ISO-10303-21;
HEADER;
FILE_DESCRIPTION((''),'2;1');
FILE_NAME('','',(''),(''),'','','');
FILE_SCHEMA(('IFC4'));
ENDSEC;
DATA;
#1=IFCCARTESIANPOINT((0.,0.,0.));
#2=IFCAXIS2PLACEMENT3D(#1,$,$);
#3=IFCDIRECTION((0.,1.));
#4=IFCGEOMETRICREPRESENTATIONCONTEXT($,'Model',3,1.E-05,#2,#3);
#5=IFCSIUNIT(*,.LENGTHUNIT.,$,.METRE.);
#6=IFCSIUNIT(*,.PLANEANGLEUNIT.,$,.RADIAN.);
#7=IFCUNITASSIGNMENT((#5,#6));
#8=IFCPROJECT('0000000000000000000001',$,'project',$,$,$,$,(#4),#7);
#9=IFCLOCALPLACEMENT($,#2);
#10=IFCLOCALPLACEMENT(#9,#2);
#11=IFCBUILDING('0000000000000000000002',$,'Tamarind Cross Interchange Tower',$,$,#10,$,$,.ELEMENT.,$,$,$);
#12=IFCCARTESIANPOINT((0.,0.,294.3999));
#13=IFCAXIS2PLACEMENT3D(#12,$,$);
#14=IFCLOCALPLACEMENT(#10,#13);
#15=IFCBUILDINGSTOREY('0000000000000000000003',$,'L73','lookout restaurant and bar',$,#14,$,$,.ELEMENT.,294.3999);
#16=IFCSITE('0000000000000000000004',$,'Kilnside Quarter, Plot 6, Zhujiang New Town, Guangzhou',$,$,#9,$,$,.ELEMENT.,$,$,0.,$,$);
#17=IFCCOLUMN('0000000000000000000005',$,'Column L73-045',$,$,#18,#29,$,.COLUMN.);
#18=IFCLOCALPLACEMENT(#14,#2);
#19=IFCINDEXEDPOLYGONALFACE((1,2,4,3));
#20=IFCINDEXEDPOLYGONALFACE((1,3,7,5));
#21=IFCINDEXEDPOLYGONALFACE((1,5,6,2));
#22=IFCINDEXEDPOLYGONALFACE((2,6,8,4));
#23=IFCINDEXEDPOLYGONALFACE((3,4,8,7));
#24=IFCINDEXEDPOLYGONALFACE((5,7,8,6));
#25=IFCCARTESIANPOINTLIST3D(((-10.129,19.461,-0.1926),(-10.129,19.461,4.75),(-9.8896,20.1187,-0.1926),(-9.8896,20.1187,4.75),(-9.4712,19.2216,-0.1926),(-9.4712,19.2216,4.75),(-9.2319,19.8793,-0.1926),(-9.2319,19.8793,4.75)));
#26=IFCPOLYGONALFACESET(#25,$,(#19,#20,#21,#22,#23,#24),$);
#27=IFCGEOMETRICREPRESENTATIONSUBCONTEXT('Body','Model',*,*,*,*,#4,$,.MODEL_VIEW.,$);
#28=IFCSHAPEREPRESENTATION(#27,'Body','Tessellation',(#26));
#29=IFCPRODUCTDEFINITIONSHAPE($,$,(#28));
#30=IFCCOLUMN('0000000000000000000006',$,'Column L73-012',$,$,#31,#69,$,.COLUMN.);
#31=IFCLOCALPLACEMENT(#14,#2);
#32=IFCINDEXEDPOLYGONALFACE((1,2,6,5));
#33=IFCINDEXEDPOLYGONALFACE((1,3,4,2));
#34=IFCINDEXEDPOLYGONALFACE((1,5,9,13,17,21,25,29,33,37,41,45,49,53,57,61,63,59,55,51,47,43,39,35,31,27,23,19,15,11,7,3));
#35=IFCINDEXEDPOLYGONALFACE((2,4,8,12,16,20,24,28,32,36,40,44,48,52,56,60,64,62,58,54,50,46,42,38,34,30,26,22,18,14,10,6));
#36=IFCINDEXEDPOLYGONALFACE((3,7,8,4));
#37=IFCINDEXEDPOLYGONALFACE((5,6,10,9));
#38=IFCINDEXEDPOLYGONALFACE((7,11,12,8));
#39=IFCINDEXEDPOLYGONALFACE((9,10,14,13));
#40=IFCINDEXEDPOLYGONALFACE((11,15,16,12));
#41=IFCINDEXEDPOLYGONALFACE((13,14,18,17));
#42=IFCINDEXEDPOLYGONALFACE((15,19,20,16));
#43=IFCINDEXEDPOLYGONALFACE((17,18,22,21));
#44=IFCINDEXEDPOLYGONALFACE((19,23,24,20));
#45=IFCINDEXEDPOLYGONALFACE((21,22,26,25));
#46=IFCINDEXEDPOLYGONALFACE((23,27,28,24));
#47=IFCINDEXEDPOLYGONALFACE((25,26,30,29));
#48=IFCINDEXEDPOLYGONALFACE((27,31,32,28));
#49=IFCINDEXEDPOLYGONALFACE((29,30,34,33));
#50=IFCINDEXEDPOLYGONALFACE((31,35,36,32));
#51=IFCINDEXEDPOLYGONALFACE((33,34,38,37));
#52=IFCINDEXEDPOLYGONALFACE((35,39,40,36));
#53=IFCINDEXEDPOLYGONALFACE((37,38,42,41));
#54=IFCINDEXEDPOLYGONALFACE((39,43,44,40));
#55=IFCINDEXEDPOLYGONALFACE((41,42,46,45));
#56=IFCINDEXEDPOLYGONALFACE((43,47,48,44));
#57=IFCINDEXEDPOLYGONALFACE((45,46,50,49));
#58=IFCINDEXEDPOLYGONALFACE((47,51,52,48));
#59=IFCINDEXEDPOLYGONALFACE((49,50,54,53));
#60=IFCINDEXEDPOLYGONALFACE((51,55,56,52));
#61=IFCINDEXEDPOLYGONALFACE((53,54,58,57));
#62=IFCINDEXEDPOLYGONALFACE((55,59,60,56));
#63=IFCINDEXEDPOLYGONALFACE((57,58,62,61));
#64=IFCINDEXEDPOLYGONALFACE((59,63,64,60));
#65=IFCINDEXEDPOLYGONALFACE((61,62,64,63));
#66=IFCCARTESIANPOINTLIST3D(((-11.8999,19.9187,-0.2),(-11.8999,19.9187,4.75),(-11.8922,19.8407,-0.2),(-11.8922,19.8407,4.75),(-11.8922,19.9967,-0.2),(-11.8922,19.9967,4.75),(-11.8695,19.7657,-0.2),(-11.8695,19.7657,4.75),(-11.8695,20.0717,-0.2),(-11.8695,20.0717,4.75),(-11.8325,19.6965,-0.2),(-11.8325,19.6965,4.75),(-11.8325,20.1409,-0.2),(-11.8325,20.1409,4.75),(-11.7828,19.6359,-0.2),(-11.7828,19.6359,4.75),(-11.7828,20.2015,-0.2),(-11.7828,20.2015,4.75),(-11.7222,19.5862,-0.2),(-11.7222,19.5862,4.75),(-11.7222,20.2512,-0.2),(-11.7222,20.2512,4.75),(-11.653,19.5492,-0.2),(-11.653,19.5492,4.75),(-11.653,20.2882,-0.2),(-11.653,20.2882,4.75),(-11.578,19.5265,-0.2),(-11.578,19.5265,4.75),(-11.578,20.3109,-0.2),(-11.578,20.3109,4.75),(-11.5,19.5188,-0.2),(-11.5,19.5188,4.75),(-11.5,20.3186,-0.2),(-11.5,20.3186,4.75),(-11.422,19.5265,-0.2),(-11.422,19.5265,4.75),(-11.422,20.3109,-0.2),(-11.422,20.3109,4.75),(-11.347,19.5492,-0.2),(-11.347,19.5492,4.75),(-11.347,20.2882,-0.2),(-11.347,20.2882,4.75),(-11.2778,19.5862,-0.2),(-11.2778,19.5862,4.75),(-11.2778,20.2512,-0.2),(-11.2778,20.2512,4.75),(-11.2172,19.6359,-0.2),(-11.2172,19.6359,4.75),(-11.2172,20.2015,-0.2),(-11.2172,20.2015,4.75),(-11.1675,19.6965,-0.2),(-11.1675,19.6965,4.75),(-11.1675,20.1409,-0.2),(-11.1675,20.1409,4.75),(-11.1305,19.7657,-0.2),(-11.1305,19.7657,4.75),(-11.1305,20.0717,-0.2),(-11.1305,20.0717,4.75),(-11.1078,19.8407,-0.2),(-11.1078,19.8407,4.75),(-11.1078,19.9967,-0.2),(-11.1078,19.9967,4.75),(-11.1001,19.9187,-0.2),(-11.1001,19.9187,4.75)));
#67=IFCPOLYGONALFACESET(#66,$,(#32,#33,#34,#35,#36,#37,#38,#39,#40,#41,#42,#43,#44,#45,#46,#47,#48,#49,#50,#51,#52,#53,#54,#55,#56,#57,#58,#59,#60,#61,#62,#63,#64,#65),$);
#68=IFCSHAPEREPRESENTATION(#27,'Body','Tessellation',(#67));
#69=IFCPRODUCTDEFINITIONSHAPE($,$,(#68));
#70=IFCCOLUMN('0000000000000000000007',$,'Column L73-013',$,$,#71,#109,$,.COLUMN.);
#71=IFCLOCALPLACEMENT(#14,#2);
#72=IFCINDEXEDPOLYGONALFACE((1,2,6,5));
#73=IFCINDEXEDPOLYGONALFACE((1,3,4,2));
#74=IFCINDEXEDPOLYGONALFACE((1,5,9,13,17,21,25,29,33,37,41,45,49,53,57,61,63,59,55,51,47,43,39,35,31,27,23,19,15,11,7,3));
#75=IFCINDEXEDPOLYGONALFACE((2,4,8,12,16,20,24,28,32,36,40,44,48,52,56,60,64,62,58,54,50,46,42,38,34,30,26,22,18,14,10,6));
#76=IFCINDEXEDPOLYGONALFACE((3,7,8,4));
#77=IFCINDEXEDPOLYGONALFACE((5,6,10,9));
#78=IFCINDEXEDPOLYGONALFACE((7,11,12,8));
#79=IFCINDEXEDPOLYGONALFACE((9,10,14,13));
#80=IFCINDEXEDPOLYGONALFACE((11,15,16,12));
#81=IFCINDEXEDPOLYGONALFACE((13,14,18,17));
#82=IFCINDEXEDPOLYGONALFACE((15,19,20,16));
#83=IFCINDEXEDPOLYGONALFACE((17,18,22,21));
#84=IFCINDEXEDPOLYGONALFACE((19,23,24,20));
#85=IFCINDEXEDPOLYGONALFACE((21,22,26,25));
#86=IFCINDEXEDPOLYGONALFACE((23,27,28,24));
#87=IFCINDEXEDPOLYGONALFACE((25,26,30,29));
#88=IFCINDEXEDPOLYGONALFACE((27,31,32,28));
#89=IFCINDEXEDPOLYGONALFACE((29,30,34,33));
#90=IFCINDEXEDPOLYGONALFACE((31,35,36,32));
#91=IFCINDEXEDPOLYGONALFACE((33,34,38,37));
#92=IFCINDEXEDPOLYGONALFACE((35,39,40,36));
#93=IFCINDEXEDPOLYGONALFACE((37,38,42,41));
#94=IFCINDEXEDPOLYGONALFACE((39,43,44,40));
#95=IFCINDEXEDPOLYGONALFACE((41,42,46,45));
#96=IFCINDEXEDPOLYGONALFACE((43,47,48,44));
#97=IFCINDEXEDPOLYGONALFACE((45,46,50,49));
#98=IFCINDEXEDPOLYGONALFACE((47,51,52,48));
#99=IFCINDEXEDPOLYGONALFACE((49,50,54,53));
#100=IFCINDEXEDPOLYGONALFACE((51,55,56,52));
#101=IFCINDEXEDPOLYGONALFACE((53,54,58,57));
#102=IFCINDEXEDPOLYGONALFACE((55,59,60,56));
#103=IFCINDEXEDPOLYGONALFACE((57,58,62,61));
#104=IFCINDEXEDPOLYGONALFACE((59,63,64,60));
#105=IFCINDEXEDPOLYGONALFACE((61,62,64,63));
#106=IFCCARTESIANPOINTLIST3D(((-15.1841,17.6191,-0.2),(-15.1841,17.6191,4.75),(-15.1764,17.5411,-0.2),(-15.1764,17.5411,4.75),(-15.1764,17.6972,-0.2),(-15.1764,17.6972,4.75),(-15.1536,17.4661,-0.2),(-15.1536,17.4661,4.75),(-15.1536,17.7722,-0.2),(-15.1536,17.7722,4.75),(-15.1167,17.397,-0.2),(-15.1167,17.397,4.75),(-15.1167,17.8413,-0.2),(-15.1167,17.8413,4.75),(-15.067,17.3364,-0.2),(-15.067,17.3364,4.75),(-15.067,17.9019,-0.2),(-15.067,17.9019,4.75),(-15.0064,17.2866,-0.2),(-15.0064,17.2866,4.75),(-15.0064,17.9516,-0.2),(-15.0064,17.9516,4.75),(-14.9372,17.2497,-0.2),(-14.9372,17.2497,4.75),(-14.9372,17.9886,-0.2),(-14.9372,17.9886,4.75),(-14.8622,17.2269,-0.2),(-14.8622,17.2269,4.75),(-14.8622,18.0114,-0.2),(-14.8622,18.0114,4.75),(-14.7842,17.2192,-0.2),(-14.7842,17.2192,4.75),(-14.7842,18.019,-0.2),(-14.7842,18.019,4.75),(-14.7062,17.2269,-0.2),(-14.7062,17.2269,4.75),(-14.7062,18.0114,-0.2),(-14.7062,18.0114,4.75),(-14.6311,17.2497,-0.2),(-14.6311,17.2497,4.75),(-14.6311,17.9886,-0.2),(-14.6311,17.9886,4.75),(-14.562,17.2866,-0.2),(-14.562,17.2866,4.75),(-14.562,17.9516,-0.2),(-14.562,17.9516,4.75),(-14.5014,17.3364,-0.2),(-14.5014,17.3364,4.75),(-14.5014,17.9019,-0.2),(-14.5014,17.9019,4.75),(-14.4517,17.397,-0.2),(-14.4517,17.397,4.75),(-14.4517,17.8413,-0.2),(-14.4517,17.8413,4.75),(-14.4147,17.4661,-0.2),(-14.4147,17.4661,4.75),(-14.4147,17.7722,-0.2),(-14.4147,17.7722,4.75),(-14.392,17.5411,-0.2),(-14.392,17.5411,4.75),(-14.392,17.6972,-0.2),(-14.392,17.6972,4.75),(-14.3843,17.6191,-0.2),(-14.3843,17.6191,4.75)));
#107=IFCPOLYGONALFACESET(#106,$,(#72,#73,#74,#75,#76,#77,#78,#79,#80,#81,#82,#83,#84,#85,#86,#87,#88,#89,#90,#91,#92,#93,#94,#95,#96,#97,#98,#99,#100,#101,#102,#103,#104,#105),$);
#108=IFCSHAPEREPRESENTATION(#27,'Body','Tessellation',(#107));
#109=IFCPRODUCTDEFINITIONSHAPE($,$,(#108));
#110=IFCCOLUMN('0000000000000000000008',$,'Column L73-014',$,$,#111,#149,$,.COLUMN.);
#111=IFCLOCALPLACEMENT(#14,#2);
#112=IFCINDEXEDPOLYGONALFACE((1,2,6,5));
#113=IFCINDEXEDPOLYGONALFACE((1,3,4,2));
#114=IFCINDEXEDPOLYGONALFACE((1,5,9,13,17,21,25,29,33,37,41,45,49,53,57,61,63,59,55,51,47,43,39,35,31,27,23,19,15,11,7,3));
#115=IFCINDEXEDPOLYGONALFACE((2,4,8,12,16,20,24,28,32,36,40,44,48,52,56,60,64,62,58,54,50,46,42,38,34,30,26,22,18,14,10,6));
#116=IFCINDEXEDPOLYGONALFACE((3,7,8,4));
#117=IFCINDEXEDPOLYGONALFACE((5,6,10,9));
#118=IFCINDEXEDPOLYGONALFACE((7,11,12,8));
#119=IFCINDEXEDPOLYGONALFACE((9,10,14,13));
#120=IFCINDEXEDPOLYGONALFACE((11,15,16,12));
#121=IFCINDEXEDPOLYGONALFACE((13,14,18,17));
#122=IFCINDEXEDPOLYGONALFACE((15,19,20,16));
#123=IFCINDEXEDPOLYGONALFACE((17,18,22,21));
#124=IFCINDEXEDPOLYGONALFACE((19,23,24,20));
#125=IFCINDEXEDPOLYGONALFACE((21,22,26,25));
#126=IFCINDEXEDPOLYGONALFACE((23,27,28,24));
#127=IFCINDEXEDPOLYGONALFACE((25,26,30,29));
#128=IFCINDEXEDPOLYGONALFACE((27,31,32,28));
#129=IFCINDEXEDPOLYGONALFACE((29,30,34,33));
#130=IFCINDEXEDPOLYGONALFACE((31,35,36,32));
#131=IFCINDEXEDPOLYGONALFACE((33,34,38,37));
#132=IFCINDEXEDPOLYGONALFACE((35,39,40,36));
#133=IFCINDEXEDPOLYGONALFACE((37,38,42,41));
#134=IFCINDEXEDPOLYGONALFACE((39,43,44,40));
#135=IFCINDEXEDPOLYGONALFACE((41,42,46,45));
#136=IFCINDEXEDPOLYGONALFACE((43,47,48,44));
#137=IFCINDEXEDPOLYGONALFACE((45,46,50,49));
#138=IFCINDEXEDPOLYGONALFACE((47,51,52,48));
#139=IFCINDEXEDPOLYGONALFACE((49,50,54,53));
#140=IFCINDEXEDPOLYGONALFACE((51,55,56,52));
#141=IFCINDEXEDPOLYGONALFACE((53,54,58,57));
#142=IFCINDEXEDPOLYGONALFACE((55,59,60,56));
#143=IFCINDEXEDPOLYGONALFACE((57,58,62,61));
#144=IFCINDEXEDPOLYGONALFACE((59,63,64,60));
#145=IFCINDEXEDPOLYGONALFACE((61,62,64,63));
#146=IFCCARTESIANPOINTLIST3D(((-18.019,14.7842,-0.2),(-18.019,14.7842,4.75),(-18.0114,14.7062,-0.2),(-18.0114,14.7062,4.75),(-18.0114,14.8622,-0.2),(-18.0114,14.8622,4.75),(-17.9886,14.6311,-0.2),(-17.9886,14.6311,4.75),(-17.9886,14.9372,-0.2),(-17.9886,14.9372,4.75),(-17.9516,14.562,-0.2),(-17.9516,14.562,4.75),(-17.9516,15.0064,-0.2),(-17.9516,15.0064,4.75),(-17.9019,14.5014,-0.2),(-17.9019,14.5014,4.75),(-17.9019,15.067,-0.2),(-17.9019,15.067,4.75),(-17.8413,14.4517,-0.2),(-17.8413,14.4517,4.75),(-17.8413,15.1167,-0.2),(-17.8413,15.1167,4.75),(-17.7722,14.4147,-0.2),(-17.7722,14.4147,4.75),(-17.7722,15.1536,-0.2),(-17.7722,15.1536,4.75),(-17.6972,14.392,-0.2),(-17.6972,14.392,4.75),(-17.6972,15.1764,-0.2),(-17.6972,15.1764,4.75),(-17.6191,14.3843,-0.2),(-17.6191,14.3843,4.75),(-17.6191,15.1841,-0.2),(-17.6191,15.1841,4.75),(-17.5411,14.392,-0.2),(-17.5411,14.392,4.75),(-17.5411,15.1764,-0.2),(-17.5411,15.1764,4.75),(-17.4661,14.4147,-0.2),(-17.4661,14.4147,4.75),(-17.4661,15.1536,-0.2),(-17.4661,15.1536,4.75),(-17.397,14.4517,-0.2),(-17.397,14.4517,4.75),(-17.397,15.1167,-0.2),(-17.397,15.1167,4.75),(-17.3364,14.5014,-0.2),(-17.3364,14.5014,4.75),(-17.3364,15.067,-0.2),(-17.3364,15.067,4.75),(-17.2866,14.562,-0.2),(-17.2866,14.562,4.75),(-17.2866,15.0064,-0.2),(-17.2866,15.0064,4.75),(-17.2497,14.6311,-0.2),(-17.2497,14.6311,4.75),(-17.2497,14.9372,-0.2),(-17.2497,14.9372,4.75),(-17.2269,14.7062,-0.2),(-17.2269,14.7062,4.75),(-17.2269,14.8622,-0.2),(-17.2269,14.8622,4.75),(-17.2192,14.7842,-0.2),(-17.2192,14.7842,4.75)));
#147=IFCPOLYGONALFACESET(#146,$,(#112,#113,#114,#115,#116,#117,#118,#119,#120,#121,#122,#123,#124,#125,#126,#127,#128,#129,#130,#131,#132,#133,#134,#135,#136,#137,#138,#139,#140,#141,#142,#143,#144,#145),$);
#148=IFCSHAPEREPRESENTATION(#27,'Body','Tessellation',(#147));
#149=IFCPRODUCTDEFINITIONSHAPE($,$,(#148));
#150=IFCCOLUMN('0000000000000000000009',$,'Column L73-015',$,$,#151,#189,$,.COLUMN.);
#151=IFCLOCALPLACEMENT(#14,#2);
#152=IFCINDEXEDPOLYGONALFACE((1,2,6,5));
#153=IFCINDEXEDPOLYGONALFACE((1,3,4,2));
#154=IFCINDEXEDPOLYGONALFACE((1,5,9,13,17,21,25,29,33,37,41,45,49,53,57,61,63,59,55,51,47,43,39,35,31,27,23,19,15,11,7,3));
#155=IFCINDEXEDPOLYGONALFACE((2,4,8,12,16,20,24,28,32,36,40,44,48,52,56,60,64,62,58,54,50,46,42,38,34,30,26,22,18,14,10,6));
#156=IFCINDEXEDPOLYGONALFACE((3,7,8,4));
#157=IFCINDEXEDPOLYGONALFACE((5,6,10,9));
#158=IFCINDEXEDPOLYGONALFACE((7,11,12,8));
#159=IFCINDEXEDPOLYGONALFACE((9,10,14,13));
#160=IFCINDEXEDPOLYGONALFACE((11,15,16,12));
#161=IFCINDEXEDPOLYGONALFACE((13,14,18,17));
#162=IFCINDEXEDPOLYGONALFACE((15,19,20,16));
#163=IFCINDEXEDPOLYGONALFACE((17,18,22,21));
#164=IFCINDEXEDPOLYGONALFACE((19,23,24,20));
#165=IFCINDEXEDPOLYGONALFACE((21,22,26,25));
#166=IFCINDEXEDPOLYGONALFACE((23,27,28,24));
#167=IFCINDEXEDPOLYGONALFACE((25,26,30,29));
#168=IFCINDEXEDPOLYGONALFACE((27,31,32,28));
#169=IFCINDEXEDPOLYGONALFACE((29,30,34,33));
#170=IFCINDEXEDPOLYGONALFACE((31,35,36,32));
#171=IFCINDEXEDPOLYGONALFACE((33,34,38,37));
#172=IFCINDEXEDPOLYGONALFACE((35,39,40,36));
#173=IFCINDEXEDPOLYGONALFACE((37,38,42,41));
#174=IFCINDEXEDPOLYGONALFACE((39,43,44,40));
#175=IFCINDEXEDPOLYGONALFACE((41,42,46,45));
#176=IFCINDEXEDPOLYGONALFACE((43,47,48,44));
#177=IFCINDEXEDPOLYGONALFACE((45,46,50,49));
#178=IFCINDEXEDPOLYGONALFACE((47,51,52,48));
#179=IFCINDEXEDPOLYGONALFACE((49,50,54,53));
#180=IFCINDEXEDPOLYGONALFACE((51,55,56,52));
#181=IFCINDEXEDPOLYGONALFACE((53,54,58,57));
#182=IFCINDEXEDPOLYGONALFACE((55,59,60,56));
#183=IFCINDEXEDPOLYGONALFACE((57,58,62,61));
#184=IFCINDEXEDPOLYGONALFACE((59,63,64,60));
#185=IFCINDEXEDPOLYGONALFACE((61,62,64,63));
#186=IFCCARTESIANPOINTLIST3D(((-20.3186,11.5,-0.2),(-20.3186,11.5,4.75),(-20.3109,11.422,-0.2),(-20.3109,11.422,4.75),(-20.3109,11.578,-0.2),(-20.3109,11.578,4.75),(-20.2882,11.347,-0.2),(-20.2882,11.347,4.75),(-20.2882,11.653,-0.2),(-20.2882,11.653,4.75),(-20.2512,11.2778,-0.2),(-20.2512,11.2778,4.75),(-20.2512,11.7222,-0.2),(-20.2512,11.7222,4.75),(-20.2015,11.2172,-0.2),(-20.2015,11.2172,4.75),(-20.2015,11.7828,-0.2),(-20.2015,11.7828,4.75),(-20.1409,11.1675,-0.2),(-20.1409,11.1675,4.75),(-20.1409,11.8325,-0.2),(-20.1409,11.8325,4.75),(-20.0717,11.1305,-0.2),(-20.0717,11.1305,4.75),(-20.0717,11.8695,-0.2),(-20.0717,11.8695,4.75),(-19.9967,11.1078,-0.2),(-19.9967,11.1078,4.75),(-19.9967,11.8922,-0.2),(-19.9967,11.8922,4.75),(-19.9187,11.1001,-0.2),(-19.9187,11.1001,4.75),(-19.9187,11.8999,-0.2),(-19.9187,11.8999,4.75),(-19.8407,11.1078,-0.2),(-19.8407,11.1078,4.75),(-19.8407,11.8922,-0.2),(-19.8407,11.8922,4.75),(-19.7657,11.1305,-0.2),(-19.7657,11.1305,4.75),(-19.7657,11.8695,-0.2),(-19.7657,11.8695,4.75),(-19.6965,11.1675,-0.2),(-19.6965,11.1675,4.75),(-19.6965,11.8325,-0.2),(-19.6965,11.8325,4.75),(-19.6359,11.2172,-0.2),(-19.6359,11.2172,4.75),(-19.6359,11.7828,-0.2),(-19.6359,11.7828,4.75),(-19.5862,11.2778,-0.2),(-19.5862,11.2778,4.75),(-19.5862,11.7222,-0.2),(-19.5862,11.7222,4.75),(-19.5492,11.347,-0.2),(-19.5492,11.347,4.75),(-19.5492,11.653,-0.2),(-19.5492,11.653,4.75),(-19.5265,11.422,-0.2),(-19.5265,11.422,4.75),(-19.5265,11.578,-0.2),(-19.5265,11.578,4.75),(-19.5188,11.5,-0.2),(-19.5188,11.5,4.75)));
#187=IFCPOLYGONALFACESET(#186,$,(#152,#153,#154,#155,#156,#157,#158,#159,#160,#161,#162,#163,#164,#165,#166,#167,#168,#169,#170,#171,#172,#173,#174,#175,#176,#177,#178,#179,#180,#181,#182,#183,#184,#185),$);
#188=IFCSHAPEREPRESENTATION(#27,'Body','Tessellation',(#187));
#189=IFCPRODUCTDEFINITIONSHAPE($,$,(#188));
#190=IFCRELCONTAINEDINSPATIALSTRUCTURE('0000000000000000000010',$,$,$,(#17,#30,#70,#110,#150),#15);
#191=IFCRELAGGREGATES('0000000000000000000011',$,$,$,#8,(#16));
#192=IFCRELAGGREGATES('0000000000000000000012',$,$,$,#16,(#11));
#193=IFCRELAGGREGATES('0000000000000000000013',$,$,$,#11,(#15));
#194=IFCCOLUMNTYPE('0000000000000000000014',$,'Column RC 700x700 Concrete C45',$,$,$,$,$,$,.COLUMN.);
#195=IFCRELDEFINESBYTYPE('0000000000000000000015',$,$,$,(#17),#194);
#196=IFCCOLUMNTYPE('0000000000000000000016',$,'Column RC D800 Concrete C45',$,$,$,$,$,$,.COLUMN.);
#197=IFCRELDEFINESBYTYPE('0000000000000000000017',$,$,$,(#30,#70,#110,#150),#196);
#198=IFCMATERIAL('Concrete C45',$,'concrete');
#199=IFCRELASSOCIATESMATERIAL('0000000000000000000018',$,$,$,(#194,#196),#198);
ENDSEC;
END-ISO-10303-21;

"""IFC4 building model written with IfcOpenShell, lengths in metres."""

from ifc_helpers import new_model, si_unit, direction, frame, origin, origin_2d, place, context, subcontext, project, spatial, rectangle, circle, extrude, material, material_profile, profile_set, type_object, element, save


model = new_model("IFC4")

# Units and contexts
model_context = context("Model", 3, precision=1e-05, world=origin(), true_north=direction((0.0, 1.0)))
body_context = subcontext(model_context, "Body", "Model", "MODEL_VIEW")
ifc_project = project(units=[si_unit("LENGTHUNIT", "METRE"), si_unit("PLANEANGLEUNIT", "RADIAN")], contexts=[model_context])

# Site, building, storey
site_placement = place(None, origin())
site = spatial("IfcSite", under=ifc_project, at=site_placement, Name="Kilnside Quarter, Plot 6, Zhujiang New Town, Guangzhou", CompositionType="ELEMENT", RefElevation=0.0)
building_placement = place(site_placement, origin())
building = spatial("IfcBuilding", under=site, at=building_placement, Name="Tamarind Cross Interchange Tower", CompositionType="ELEMENT")
storey_placement = place(building_placement, frame((0.0, 0.0, 294.3999)))
storey = spatial("IfcBuildingStorey", under=building, at=storey_placement, Name="L73", Description="lookout restaurant and bar", CompositionType="ELEMENT", Elevation=294.3999)

# Columns
ifc_material_1 = material(Name="Concrete C45", Category="concrete")
ifc_material_profile_1 = material_profile(ifc_material_1, rectangle(XDim=0.7, YDim=0.7, at=origin_2d()), Name="RC 700x700")
ifc_profile_set_1 = profile_set([ifc_material_profile_1], Name="Concrete C45")
column_type_1 = type_object("IfcColumnType", Name="Column RC 700x700 Concrete C45", PredefinedType="COLUMN", material=ifc_profile_set_1)
column_placement = place(storey_placement, frame((-9.6804, 19.6702, -0.1926), z_axis=(0.0, 0.0, 1.0), x_axis=(0.341994, 0.939702, 0.0)))
element("IfcColumn", 1, at=column_placement, inside=storey, type_object=column_type_1, Name="Column L73-045", PredefinedType="COLUMN", context=body_context, shape_type="SweptSolid", body=[
    extrude(rectangle(XDim=0.7, YDim=0.7, at=origin_2d()), origin(), (0.0, 0.0, 1.0), 4.9426),
])
ifc_material_profile_2 = material_profile(ifc_material_1, circle(Radius=0.3999, at=origin_2d()), Name="RC D800")
ifc_profile_set_2 = profile_set([ifc_material_profile_2], Name="Concrete C45")
column_type_2 = type_object("IfcColumnType", Name="Column RC D800 Concrete C45", PredefinedType="COLUMN", material=ifc_profile_set_2)
for number, where, z_axis, x_axis, name in (
    (2, (-11.5, 19.9187, -0.2), (0.0, 0.0, 1.0), (1.0, 0.0, 0.0), "Column L73-012"),
    (3, (-14.7842, 17.6191, -0.2), (0.0, 0.0, 1.0), (1.0, 0.0, 0.0), "Column L73-013"),
    (4, (-17.6191, 14.7842, -0.2), (0.0, 0.0, 1.0), (1.0, 0.0, 0.0), "Column L73-014"),
    (5, (-19.9187, 11.5, -0.2), (0.0, 0.0, 1.0), (1.0, 0.0, 0.0), "Column L73-015"),
):
    element("IfcColumn", number, at=place(storey_placement, frame(where, z_axis=z_axis, x_axis=x_axis)), inside=storey, type_object=column_type_2, Name=name, PredefinedType="COLUMN", context=body_context, shape_type="SweptSolid", body=[
        extrude(circle(Radius=0.3999, at=origin_2d()), origin(), (0.0, 0.0, 1.0), 4.95),
    ])

save(model, "model.ifc")
